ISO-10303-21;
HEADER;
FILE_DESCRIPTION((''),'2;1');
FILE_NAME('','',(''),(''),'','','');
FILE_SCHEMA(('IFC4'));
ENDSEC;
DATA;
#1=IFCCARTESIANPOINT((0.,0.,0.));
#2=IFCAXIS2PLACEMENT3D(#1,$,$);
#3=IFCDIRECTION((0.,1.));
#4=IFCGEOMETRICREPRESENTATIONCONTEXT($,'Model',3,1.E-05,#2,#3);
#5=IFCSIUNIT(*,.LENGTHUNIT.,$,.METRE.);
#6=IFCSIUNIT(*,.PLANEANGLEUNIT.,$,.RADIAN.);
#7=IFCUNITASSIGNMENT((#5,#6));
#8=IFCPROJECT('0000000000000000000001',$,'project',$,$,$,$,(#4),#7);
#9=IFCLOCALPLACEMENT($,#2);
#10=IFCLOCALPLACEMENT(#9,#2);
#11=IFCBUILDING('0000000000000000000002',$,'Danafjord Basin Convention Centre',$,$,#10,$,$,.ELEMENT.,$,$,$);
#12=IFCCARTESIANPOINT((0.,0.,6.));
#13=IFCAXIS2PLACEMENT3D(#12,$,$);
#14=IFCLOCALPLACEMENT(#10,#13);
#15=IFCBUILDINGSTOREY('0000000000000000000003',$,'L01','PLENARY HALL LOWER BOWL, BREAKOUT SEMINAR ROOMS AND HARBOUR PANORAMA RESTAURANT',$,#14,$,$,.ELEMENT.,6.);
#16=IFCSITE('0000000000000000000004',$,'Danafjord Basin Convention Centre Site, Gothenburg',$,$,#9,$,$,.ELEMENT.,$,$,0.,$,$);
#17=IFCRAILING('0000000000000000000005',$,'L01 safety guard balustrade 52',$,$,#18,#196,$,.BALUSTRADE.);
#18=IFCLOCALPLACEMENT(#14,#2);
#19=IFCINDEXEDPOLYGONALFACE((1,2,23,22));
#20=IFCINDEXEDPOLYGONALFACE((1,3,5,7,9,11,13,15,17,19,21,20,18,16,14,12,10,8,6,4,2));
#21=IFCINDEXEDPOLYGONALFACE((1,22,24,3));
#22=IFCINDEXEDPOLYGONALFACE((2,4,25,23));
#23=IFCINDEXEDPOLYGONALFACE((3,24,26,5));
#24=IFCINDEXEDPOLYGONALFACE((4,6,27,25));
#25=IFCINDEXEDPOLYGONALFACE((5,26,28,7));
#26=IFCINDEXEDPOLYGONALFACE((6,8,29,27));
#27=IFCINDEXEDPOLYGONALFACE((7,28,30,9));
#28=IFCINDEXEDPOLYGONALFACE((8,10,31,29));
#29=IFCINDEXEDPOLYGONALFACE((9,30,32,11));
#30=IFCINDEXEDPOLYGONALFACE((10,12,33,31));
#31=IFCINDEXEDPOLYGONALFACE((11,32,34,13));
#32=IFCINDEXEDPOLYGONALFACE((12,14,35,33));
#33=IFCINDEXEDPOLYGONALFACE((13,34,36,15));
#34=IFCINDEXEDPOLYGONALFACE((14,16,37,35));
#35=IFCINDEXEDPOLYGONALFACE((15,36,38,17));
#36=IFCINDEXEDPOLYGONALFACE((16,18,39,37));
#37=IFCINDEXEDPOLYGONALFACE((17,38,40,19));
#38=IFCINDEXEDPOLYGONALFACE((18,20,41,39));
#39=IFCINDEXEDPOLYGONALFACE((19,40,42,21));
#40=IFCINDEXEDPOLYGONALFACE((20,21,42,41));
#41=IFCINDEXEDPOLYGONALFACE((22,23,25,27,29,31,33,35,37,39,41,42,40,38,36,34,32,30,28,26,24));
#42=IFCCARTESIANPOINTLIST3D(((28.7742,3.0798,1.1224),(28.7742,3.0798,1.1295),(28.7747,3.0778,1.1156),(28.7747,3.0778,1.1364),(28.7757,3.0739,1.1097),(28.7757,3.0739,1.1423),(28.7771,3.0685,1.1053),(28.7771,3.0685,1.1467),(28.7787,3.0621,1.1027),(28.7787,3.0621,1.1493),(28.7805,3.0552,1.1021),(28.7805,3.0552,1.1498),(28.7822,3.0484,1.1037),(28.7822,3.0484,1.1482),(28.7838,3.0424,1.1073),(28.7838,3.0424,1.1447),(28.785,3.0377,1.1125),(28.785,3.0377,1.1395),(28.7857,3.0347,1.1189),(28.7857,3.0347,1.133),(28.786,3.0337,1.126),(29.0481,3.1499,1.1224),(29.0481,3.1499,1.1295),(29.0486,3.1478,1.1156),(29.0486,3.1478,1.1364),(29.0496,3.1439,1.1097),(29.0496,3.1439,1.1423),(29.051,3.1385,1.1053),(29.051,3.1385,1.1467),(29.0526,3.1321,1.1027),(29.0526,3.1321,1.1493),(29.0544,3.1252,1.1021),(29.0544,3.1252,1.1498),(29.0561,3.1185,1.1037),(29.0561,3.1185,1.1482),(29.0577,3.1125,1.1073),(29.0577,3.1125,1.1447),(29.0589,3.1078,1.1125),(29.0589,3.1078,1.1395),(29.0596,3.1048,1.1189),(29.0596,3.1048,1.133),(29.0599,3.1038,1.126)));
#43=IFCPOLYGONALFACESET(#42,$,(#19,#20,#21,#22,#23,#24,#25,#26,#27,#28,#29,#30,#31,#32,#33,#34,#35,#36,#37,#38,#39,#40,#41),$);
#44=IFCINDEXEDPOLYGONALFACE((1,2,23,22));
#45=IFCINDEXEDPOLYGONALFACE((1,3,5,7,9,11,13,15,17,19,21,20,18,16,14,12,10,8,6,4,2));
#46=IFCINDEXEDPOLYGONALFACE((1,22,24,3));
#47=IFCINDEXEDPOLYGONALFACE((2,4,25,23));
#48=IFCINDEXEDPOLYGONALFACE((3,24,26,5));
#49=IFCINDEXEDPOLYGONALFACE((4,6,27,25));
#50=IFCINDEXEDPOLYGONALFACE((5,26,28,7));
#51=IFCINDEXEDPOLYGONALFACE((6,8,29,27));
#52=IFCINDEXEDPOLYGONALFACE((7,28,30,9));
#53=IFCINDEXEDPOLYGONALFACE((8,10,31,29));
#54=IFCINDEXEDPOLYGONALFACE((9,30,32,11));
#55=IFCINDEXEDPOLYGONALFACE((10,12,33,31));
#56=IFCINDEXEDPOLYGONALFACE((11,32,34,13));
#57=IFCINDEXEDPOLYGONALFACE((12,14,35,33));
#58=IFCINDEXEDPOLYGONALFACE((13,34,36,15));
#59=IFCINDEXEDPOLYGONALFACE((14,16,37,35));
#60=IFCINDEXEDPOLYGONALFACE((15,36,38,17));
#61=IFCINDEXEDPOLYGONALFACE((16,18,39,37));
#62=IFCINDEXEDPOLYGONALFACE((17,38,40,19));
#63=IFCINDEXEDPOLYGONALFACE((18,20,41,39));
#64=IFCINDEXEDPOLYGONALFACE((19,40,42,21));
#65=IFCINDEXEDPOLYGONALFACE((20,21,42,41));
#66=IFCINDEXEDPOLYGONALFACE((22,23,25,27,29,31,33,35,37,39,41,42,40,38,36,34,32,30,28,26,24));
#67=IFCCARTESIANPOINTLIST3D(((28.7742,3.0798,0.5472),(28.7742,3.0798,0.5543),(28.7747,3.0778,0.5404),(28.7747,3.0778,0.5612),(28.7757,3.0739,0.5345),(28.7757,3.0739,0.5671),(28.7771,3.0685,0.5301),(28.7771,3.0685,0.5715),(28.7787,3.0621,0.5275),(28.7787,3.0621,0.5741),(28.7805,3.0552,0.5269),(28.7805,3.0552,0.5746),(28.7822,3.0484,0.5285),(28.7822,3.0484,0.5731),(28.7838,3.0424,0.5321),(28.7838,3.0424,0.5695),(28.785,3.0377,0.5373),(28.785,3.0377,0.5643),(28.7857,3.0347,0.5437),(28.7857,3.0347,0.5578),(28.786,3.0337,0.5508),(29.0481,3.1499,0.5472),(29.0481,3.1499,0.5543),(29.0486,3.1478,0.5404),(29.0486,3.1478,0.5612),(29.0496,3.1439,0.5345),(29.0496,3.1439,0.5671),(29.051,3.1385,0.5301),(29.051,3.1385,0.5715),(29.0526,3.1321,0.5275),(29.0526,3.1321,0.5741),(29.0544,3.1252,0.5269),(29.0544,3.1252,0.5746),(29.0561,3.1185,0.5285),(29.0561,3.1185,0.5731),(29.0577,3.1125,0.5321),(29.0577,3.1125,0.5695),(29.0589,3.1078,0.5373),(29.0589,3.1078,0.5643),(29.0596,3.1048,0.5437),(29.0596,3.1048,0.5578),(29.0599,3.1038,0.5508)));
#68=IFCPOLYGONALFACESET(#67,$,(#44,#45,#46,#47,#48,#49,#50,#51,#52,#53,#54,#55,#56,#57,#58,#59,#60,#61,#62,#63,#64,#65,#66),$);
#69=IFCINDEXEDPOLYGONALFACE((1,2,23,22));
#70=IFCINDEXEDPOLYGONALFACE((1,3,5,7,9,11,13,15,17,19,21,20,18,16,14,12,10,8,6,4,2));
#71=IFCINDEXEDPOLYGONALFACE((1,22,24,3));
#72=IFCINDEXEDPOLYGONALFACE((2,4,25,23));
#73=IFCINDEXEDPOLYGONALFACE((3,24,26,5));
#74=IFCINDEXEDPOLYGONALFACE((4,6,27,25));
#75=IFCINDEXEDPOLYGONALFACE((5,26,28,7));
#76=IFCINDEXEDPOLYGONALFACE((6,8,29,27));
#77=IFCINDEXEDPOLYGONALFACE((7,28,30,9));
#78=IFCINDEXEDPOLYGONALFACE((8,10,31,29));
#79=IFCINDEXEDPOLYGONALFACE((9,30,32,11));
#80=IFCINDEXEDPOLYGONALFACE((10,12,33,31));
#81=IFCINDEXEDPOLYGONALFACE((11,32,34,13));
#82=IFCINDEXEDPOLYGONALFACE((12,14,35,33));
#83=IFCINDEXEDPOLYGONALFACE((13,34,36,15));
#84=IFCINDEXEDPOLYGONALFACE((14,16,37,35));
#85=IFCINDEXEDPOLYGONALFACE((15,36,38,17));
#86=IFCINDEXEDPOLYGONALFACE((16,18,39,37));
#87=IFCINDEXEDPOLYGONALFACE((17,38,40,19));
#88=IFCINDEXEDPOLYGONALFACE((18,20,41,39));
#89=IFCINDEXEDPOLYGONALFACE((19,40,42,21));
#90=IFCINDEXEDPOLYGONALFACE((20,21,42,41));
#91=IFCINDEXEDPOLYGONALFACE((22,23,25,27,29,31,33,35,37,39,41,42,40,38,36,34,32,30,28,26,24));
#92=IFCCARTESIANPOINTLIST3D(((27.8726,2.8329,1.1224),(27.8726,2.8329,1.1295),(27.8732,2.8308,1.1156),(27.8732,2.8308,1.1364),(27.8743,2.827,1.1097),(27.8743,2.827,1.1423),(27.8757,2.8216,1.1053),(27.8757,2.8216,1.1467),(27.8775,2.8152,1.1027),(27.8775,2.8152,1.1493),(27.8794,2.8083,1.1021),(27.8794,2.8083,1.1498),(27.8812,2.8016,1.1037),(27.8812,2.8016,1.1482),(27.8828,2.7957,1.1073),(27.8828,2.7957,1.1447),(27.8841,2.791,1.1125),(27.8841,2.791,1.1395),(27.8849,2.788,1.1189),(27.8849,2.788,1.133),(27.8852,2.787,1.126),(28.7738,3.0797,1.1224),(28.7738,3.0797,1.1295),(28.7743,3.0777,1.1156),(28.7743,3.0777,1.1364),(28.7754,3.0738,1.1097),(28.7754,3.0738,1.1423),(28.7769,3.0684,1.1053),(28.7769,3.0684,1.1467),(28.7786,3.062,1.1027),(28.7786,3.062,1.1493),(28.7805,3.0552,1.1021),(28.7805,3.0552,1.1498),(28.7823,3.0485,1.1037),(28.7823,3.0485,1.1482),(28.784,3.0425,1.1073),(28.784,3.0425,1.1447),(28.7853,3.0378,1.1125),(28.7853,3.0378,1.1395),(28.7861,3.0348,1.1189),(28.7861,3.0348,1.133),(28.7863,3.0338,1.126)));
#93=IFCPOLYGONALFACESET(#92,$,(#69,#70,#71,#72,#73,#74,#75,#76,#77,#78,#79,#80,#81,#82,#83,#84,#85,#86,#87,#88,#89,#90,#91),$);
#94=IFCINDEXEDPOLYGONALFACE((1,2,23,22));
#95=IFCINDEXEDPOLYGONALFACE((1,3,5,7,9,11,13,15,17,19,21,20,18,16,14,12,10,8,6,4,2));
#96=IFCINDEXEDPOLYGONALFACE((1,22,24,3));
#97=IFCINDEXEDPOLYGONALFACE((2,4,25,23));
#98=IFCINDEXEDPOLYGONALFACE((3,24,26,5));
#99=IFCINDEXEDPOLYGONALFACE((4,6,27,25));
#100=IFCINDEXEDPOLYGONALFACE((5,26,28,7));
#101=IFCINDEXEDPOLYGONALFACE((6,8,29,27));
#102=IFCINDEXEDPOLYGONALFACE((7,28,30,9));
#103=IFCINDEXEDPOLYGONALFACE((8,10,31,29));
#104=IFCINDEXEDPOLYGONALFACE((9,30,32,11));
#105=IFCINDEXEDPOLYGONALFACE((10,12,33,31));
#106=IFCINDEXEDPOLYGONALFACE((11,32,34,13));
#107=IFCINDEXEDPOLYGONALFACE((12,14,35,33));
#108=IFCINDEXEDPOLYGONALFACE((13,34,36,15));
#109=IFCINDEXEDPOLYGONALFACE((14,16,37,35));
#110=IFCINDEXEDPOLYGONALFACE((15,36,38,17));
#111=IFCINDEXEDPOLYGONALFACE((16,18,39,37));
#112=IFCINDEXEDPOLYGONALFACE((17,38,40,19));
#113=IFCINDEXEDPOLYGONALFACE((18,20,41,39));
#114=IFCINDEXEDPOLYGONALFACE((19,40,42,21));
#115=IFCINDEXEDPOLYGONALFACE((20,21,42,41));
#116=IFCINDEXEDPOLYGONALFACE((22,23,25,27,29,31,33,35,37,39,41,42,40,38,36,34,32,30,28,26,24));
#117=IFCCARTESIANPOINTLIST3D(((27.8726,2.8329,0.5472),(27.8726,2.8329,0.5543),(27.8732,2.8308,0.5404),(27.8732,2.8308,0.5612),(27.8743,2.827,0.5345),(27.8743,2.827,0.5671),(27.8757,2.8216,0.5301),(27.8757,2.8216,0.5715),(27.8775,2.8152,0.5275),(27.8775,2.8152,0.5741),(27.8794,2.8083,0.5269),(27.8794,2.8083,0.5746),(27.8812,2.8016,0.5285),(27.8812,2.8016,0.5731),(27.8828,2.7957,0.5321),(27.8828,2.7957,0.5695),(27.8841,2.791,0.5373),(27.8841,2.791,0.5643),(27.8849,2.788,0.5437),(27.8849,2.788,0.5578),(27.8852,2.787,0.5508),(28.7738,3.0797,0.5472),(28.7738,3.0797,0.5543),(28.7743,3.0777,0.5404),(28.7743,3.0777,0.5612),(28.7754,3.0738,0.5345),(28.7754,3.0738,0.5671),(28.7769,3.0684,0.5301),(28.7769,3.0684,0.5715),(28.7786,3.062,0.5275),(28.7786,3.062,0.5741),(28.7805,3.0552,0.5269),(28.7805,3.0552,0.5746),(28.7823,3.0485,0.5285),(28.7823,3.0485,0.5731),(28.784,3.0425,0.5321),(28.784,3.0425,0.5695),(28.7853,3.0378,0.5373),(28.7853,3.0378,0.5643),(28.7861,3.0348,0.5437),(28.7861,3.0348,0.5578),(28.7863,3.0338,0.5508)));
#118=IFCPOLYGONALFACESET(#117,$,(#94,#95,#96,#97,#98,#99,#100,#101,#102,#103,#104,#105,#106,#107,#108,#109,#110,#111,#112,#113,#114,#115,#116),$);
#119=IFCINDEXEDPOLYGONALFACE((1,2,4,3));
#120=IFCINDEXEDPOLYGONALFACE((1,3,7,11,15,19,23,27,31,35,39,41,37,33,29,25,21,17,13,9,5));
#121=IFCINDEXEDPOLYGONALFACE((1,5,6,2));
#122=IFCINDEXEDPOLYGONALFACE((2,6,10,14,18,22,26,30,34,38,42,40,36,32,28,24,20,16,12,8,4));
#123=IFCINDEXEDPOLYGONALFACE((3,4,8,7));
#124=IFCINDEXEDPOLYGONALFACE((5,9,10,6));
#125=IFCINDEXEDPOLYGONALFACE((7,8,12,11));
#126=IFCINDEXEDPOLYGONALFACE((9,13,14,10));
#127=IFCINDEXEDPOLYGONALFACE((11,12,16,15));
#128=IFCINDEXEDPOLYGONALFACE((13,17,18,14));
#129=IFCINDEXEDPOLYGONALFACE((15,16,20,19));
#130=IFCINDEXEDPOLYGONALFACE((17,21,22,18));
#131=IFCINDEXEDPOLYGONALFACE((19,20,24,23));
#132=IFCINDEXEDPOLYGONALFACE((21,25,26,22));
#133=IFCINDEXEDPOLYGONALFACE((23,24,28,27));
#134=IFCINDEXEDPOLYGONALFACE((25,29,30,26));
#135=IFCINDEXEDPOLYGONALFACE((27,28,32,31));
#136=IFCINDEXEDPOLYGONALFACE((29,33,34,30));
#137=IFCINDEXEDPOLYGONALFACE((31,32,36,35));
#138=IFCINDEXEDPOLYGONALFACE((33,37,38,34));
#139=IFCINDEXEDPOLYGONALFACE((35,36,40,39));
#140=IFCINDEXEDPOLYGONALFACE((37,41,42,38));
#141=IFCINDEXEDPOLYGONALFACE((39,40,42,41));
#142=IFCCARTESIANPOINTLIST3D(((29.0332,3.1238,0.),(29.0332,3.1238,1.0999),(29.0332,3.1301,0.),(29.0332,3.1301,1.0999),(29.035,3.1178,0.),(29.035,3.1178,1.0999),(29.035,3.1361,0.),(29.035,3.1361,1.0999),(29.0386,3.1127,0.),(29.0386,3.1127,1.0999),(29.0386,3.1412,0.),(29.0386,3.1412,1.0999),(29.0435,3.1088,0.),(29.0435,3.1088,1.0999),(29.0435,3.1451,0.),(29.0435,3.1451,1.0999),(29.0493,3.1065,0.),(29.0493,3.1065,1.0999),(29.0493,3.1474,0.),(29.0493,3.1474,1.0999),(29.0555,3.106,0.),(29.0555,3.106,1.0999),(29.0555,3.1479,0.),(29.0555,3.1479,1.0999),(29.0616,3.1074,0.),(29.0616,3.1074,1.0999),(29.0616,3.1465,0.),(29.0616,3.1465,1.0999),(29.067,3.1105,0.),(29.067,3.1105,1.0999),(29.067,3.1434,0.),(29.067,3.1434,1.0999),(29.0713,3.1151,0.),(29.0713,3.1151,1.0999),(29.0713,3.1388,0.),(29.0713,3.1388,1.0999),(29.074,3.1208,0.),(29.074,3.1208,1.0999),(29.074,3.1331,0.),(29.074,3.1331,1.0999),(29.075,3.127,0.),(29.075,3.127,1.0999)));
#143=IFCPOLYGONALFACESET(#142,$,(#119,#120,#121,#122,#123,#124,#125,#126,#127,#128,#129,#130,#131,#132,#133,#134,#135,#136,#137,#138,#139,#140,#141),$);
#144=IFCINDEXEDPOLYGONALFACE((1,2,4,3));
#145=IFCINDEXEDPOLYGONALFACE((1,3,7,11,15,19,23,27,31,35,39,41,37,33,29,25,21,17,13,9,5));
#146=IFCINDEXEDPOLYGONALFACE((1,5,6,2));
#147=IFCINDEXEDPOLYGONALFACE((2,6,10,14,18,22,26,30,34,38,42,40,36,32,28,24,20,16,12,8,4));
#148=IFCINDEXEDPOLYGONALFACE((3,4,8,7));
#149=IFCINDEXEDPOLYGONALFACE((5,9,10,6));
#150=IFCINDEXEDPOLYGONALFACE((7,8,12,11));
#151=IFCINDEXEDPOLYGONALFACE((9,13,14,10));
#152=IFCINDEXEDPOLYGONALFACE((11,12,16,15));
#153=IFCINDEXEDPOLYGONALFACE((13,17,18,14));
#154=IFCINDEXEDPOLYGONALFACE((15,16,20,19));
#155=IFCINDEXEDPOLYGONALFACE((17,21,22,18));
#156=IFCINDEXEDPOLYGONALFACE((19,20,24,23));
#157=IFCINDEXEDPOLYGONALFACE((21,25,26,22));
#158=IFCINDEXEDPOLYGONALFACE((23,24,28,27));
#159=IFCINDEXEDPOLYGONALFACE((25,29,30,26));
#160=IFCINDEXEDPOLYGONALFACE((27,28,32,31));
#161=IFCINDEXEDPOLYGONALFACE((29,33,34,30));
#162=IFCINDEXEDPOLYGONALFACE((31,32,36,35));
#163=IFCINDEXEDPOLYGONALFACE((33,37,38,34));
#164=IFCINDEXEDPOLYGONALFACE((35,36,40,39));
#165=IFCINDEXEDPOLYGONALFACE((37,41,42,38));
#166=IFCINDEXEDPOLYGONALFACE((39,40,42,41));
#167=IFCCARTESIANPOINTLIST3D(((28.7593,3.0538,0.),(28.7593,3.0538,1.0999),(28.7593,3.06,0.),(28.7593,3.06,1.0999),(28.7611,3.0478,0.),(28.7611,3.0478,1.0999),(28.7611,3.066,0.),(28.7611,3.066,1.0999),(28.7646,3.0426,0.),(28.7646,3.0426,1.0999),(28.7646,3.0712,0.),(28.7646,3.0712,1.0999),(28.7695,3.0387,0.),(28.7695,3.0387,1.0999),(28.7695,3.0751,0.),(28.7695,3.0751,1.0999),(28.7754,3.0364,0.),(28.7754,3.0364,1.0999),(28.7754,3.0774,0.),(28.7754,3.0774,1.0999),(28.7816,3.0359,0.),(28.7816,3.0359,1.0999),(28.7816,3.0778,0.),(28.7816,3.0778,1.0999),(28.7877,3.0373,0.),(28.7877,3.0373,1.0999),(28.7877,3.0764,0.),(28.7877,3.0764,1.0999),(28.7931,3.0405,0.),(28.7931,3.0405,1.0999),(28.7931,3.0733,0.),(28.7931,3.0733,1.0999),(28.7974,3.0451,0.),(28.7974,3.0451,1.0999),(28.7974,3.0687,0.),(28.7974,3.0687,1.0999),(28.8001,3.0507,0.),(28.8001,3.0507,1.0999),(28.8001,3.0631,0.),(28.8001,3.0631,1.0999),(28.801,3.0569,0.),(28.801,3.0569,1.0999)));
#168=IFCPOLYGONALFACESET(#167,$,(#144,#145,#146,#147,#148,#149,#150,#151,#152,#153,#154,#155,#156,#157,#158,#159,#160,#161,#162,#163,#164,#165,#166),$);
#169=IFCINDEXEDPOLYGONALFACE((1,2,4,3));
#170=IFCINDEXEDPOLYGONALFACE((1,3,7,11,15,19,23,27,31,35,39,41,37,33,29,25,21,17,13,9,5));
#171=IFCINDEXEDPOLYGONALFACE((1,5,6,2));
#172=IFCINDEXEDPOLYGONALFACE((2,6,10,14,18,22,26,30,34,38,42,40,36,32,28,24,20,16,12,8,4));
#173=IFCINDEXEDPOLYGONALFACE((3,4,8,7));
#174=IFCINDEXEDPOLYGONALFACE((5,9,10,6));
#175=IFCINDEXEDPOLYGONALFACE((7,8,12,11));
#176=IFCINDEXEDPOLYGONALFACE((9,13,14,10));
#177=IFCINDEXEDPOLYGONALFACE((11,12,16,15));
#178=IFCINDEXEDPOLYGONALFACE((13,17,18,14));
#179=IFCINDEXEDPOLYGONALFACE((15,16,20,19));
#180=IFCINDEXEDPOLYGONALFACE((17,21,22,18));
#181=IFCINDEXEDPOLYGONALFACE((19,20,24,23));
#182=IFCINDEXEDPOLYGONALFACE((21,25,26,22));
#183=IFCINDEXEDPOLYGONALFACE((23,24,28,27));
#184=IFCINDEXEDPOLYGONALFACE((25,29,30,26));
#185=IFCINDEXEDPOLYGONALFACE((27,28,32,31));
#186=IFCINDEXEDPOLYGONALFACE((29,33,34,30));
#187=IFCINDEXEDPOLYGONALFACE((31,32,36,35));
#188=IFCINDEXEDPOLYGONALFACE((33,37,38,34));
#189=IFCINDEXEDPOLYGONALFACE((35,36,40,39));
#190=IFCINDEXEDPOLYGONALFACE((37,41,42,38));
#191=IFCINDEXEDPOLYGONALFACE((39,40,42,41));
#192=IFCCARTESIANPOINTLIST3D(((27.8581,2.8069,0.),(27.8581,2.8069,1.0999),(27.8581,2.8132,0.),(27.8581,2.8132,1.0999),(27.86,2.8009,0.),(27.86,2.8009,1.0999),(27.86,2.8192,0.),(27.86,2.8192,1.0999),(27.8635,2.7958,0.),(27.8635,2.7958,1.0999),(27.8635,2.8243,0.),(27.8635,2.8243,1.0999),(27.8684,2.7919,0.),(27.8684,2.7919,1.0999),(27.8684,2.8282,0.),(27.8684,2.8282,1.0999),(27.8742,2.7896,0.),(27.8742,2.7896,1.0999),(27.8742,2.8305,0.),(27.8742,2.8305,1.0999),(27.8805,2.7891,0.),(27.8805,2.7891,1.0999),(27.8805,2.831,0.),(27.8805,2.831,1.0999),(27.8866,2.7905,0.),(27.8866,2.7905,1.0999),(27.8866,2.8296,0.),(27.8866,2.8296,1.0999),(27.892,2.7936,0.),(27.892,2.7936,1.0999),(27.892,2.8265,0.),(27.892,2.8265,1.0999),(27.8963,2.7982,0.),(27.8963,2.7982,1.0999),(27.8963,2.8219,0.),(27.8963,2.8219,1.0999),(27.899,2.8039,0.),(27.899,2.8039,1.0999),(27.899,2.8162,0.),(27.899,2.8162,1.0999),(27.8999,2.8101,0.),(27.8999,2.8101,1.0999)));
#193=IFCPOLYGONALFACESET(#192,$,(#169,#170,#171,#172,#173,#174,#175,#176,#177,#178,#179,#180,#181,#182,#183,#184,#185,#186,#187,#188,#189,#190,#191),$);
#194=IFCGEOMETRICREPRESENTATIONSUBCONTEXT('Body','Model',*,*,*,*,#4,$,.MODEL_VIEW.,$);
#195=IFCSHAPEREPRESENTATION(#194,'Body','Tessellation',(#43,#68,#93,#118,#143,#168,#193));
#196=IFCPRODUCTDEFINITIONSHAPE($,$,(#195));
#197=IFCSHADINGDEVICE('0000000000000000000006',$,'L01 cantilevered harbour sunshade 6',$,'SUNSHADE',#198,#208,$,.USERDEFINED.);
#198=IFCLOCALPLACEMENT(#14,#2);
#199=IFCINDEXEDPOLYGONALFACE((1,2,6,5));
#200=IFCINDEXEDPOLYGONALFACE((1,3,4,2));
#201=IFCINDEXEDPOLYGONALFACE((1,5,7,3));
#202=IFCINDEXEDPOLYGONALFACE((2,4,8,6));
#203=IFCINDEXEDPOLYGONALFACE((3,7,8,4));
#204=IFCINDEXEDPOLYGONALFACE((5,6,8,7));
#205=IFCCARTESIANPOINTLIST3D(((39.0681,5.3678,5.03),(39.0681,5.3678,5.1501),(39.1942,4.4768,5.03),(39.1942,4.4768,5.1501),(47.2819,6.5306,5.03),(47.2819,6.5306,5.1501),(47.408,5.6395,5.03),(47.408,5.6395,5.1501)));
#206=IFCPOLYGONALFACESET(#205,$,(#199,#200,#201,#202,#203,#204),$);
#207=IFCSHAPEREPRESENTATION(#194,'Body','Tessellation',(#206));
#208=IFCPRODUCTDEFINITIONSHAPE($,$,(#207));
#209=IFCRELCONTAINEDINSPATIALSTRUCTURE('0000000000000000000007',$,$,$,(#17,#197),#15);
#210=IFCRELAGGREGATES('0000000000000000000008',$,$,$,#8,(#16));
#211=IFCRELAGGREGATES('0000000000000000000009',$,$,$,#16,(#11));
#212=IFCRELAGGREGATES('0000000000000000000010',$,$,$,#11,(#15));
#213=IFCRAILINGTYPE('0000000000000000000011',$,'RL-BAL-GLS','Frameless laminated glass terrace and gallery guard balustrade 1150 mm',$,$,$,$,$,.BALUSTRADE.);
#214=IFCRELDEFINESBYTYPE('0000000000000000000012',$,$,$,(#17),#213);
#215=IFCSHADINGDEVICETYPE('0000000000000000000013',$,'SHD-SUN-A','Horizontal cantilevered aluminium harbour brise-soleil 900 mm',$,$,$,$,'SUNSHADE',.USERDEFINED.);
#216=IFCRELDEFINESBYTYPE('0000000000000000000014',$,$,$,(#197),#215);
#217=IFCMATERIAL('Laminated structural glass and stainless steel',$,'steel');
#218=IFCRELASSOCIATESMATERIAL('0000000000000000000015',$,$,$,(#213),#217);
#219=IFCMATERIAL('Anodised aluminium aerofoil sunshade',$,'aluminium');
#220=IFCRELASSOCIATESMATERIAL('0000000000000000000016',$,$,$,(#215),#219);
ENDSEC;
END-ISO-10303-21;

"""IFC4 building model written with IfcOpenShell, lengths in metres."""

from ifc_helpers import new_model, si_unit, direction, frame, origin, origin_2d, place, context, subcontext, project, spatial, rectangle, circle, extrude, material, type_object, element, save


model = new_model("IFC4")

# Units and contexts
model_context = context("Model", 3, precision=1e-05, world=origin(), true_north=direction((0.0, 1.0)))
body_context = subcontext(model_context, "Body", "Model", "MODEL_VIEW")
ifc_project = project(units=[si_unit("LENGTHUNIT", "METRE"), si_unit("PLANEANGLEUNIT", "RADIAN")], contexts=[model_context])

# Site, building, storey
site_placement = place(None, origin())
site = spatial("IfcSite", under=ifc_project, at=site_placement, Name="Danafjord Basin Convention Centre Site, Gothenburg", CompositionType="ELEMENT", RefElevation=0.0)
building_placement = place(site_placement, origin())
building = spatial("IfcBuilding", under=site, at=building_placement, Name="Danafjord Basin Convention Centre", CompositionType="ELEMENT")
storey_placement = place(building_placement, frame((0.0, 0.0, 6.0)))
storey = spatial("IfcBuildingStorey", under=building, at=storey_placement, Name="L01", Description="PLENARY HALL LOWER BOWL, BREAKOUT SEMINAR ROOMS AND HARBOUR PANORAMA RESTAURANT", CompositionType="ELEMENT", Elevation=6.0)

# Railing
ifc_material_1 = material(Name="Laminated structural glass and stainless steel", Category="steel")
railing_type_1 = type_object("IfcRailingType", Name="RL-BAL-GLS", Description="Frameless laminated glass terrace and gallery guard balustrade 1150 mm", PredefinedType="BALUSTRADE", material=ifc_material_1)
railing_1_placement = place(storey_placement, frame((29.054, 3.127, 0.0)))
element("IfcRailing", 1, at=railing_1_placement, inside=storey, type_object=railing_type_1, Name="L01 safety guard balustrade 52", PredefinedType="BALUSTRADE", context=body_context, shape_type="SweptSolid", body=[
    extrude(circle(Radius=0.0239, at=origin_2d()), frame((0.0, 0.0, 1.126), z_axis=(-0.968808, -0.247814, 0.0), x_axis=(0.247814, -0.968808, 0.0)), (0.0, 0.0, 1.0), 0.2827),
    extrude(circle(Radius=0.0239, at=origin_2d()), frame((0.0, 0.0, 0.5508), z_axis=(-0.968808, -0.247814, 0.0), x_axis=(0.247814, -0.968808, 0.0)), (0.0, 0.0, 1.0), 0.2827),
    extrude(circle(Radius=0.0239, at=origin_2d()), frame((-0.2739, -0.0701, 1.126), z_axis=(-0.964474, -0.264179, 0.0), x_axis=(0.264179, -0.964474, 0.0)), (0.0, 0.0, 1.0), 0.9343),
    extrude(circle(Radius=0.0239, at=origin_2d()), frame((-0.2739, -0.0701, 0.5508), z_axis=(-0.964474, -0.264179, 0.0), x_axis=(0.264179, -0.964474, 0.0)), (0.0, 0.0, 1.0), 0.9343),
    extrude(circle(Radius=0.021, at=origin_2d()), origin(), (0.0, 0.0, 1.0), 1.0999),
    extrude(circle(Radius=0.021, at=origin_2d()), frame((-0.2739, -0.0701, 0.0)), (0.0, 0.0, 1.0), 1.0999),
    extrude(circle(Radius=0.021, at=origin_2d()), frame((-1.175, -0.3169, 0.0)), (0.0, 0.0, 1.0), 1.0999),
])

# Shading device
ifc_material_2 = material(Name="Anodised aluminium aerofoil sunshade", Category="aluminium")
shading_device_type = type_object("IfcShadingDeviceType", Name="SHD-SUN-A", Description="Horizontal cantilevered aluminium harbour brise-soleil 900 mm", ElementType="SUNSHADE", PredefinedType="USERDEFINED", material=ifc_material_2)
shading_device_placement = place(storey_placement, frame((43.238, 5.5037, 5.03), z_axis=(0.0, 0.0, 1.0), x_axis=(0.990128, 0.140165, 0.0)))
element("IfcShadingDevice", 2, at=shading_device_placement, inside=storey, type_object=shading_device_type, Name="L01 cantilevered harbour sunshade 6", ObjectType="SUNSHADE", PredefinedType="USERDEFINED", context=body_context, shape_type="SweptSolid", body=[
    extrude(rectangle(XDim=8.2957, YDim=0.8999, at=origin_2d()), origin(), (0.0, 0.0, 1.0), 0.1201),
])

save(model, "model.ifc")
